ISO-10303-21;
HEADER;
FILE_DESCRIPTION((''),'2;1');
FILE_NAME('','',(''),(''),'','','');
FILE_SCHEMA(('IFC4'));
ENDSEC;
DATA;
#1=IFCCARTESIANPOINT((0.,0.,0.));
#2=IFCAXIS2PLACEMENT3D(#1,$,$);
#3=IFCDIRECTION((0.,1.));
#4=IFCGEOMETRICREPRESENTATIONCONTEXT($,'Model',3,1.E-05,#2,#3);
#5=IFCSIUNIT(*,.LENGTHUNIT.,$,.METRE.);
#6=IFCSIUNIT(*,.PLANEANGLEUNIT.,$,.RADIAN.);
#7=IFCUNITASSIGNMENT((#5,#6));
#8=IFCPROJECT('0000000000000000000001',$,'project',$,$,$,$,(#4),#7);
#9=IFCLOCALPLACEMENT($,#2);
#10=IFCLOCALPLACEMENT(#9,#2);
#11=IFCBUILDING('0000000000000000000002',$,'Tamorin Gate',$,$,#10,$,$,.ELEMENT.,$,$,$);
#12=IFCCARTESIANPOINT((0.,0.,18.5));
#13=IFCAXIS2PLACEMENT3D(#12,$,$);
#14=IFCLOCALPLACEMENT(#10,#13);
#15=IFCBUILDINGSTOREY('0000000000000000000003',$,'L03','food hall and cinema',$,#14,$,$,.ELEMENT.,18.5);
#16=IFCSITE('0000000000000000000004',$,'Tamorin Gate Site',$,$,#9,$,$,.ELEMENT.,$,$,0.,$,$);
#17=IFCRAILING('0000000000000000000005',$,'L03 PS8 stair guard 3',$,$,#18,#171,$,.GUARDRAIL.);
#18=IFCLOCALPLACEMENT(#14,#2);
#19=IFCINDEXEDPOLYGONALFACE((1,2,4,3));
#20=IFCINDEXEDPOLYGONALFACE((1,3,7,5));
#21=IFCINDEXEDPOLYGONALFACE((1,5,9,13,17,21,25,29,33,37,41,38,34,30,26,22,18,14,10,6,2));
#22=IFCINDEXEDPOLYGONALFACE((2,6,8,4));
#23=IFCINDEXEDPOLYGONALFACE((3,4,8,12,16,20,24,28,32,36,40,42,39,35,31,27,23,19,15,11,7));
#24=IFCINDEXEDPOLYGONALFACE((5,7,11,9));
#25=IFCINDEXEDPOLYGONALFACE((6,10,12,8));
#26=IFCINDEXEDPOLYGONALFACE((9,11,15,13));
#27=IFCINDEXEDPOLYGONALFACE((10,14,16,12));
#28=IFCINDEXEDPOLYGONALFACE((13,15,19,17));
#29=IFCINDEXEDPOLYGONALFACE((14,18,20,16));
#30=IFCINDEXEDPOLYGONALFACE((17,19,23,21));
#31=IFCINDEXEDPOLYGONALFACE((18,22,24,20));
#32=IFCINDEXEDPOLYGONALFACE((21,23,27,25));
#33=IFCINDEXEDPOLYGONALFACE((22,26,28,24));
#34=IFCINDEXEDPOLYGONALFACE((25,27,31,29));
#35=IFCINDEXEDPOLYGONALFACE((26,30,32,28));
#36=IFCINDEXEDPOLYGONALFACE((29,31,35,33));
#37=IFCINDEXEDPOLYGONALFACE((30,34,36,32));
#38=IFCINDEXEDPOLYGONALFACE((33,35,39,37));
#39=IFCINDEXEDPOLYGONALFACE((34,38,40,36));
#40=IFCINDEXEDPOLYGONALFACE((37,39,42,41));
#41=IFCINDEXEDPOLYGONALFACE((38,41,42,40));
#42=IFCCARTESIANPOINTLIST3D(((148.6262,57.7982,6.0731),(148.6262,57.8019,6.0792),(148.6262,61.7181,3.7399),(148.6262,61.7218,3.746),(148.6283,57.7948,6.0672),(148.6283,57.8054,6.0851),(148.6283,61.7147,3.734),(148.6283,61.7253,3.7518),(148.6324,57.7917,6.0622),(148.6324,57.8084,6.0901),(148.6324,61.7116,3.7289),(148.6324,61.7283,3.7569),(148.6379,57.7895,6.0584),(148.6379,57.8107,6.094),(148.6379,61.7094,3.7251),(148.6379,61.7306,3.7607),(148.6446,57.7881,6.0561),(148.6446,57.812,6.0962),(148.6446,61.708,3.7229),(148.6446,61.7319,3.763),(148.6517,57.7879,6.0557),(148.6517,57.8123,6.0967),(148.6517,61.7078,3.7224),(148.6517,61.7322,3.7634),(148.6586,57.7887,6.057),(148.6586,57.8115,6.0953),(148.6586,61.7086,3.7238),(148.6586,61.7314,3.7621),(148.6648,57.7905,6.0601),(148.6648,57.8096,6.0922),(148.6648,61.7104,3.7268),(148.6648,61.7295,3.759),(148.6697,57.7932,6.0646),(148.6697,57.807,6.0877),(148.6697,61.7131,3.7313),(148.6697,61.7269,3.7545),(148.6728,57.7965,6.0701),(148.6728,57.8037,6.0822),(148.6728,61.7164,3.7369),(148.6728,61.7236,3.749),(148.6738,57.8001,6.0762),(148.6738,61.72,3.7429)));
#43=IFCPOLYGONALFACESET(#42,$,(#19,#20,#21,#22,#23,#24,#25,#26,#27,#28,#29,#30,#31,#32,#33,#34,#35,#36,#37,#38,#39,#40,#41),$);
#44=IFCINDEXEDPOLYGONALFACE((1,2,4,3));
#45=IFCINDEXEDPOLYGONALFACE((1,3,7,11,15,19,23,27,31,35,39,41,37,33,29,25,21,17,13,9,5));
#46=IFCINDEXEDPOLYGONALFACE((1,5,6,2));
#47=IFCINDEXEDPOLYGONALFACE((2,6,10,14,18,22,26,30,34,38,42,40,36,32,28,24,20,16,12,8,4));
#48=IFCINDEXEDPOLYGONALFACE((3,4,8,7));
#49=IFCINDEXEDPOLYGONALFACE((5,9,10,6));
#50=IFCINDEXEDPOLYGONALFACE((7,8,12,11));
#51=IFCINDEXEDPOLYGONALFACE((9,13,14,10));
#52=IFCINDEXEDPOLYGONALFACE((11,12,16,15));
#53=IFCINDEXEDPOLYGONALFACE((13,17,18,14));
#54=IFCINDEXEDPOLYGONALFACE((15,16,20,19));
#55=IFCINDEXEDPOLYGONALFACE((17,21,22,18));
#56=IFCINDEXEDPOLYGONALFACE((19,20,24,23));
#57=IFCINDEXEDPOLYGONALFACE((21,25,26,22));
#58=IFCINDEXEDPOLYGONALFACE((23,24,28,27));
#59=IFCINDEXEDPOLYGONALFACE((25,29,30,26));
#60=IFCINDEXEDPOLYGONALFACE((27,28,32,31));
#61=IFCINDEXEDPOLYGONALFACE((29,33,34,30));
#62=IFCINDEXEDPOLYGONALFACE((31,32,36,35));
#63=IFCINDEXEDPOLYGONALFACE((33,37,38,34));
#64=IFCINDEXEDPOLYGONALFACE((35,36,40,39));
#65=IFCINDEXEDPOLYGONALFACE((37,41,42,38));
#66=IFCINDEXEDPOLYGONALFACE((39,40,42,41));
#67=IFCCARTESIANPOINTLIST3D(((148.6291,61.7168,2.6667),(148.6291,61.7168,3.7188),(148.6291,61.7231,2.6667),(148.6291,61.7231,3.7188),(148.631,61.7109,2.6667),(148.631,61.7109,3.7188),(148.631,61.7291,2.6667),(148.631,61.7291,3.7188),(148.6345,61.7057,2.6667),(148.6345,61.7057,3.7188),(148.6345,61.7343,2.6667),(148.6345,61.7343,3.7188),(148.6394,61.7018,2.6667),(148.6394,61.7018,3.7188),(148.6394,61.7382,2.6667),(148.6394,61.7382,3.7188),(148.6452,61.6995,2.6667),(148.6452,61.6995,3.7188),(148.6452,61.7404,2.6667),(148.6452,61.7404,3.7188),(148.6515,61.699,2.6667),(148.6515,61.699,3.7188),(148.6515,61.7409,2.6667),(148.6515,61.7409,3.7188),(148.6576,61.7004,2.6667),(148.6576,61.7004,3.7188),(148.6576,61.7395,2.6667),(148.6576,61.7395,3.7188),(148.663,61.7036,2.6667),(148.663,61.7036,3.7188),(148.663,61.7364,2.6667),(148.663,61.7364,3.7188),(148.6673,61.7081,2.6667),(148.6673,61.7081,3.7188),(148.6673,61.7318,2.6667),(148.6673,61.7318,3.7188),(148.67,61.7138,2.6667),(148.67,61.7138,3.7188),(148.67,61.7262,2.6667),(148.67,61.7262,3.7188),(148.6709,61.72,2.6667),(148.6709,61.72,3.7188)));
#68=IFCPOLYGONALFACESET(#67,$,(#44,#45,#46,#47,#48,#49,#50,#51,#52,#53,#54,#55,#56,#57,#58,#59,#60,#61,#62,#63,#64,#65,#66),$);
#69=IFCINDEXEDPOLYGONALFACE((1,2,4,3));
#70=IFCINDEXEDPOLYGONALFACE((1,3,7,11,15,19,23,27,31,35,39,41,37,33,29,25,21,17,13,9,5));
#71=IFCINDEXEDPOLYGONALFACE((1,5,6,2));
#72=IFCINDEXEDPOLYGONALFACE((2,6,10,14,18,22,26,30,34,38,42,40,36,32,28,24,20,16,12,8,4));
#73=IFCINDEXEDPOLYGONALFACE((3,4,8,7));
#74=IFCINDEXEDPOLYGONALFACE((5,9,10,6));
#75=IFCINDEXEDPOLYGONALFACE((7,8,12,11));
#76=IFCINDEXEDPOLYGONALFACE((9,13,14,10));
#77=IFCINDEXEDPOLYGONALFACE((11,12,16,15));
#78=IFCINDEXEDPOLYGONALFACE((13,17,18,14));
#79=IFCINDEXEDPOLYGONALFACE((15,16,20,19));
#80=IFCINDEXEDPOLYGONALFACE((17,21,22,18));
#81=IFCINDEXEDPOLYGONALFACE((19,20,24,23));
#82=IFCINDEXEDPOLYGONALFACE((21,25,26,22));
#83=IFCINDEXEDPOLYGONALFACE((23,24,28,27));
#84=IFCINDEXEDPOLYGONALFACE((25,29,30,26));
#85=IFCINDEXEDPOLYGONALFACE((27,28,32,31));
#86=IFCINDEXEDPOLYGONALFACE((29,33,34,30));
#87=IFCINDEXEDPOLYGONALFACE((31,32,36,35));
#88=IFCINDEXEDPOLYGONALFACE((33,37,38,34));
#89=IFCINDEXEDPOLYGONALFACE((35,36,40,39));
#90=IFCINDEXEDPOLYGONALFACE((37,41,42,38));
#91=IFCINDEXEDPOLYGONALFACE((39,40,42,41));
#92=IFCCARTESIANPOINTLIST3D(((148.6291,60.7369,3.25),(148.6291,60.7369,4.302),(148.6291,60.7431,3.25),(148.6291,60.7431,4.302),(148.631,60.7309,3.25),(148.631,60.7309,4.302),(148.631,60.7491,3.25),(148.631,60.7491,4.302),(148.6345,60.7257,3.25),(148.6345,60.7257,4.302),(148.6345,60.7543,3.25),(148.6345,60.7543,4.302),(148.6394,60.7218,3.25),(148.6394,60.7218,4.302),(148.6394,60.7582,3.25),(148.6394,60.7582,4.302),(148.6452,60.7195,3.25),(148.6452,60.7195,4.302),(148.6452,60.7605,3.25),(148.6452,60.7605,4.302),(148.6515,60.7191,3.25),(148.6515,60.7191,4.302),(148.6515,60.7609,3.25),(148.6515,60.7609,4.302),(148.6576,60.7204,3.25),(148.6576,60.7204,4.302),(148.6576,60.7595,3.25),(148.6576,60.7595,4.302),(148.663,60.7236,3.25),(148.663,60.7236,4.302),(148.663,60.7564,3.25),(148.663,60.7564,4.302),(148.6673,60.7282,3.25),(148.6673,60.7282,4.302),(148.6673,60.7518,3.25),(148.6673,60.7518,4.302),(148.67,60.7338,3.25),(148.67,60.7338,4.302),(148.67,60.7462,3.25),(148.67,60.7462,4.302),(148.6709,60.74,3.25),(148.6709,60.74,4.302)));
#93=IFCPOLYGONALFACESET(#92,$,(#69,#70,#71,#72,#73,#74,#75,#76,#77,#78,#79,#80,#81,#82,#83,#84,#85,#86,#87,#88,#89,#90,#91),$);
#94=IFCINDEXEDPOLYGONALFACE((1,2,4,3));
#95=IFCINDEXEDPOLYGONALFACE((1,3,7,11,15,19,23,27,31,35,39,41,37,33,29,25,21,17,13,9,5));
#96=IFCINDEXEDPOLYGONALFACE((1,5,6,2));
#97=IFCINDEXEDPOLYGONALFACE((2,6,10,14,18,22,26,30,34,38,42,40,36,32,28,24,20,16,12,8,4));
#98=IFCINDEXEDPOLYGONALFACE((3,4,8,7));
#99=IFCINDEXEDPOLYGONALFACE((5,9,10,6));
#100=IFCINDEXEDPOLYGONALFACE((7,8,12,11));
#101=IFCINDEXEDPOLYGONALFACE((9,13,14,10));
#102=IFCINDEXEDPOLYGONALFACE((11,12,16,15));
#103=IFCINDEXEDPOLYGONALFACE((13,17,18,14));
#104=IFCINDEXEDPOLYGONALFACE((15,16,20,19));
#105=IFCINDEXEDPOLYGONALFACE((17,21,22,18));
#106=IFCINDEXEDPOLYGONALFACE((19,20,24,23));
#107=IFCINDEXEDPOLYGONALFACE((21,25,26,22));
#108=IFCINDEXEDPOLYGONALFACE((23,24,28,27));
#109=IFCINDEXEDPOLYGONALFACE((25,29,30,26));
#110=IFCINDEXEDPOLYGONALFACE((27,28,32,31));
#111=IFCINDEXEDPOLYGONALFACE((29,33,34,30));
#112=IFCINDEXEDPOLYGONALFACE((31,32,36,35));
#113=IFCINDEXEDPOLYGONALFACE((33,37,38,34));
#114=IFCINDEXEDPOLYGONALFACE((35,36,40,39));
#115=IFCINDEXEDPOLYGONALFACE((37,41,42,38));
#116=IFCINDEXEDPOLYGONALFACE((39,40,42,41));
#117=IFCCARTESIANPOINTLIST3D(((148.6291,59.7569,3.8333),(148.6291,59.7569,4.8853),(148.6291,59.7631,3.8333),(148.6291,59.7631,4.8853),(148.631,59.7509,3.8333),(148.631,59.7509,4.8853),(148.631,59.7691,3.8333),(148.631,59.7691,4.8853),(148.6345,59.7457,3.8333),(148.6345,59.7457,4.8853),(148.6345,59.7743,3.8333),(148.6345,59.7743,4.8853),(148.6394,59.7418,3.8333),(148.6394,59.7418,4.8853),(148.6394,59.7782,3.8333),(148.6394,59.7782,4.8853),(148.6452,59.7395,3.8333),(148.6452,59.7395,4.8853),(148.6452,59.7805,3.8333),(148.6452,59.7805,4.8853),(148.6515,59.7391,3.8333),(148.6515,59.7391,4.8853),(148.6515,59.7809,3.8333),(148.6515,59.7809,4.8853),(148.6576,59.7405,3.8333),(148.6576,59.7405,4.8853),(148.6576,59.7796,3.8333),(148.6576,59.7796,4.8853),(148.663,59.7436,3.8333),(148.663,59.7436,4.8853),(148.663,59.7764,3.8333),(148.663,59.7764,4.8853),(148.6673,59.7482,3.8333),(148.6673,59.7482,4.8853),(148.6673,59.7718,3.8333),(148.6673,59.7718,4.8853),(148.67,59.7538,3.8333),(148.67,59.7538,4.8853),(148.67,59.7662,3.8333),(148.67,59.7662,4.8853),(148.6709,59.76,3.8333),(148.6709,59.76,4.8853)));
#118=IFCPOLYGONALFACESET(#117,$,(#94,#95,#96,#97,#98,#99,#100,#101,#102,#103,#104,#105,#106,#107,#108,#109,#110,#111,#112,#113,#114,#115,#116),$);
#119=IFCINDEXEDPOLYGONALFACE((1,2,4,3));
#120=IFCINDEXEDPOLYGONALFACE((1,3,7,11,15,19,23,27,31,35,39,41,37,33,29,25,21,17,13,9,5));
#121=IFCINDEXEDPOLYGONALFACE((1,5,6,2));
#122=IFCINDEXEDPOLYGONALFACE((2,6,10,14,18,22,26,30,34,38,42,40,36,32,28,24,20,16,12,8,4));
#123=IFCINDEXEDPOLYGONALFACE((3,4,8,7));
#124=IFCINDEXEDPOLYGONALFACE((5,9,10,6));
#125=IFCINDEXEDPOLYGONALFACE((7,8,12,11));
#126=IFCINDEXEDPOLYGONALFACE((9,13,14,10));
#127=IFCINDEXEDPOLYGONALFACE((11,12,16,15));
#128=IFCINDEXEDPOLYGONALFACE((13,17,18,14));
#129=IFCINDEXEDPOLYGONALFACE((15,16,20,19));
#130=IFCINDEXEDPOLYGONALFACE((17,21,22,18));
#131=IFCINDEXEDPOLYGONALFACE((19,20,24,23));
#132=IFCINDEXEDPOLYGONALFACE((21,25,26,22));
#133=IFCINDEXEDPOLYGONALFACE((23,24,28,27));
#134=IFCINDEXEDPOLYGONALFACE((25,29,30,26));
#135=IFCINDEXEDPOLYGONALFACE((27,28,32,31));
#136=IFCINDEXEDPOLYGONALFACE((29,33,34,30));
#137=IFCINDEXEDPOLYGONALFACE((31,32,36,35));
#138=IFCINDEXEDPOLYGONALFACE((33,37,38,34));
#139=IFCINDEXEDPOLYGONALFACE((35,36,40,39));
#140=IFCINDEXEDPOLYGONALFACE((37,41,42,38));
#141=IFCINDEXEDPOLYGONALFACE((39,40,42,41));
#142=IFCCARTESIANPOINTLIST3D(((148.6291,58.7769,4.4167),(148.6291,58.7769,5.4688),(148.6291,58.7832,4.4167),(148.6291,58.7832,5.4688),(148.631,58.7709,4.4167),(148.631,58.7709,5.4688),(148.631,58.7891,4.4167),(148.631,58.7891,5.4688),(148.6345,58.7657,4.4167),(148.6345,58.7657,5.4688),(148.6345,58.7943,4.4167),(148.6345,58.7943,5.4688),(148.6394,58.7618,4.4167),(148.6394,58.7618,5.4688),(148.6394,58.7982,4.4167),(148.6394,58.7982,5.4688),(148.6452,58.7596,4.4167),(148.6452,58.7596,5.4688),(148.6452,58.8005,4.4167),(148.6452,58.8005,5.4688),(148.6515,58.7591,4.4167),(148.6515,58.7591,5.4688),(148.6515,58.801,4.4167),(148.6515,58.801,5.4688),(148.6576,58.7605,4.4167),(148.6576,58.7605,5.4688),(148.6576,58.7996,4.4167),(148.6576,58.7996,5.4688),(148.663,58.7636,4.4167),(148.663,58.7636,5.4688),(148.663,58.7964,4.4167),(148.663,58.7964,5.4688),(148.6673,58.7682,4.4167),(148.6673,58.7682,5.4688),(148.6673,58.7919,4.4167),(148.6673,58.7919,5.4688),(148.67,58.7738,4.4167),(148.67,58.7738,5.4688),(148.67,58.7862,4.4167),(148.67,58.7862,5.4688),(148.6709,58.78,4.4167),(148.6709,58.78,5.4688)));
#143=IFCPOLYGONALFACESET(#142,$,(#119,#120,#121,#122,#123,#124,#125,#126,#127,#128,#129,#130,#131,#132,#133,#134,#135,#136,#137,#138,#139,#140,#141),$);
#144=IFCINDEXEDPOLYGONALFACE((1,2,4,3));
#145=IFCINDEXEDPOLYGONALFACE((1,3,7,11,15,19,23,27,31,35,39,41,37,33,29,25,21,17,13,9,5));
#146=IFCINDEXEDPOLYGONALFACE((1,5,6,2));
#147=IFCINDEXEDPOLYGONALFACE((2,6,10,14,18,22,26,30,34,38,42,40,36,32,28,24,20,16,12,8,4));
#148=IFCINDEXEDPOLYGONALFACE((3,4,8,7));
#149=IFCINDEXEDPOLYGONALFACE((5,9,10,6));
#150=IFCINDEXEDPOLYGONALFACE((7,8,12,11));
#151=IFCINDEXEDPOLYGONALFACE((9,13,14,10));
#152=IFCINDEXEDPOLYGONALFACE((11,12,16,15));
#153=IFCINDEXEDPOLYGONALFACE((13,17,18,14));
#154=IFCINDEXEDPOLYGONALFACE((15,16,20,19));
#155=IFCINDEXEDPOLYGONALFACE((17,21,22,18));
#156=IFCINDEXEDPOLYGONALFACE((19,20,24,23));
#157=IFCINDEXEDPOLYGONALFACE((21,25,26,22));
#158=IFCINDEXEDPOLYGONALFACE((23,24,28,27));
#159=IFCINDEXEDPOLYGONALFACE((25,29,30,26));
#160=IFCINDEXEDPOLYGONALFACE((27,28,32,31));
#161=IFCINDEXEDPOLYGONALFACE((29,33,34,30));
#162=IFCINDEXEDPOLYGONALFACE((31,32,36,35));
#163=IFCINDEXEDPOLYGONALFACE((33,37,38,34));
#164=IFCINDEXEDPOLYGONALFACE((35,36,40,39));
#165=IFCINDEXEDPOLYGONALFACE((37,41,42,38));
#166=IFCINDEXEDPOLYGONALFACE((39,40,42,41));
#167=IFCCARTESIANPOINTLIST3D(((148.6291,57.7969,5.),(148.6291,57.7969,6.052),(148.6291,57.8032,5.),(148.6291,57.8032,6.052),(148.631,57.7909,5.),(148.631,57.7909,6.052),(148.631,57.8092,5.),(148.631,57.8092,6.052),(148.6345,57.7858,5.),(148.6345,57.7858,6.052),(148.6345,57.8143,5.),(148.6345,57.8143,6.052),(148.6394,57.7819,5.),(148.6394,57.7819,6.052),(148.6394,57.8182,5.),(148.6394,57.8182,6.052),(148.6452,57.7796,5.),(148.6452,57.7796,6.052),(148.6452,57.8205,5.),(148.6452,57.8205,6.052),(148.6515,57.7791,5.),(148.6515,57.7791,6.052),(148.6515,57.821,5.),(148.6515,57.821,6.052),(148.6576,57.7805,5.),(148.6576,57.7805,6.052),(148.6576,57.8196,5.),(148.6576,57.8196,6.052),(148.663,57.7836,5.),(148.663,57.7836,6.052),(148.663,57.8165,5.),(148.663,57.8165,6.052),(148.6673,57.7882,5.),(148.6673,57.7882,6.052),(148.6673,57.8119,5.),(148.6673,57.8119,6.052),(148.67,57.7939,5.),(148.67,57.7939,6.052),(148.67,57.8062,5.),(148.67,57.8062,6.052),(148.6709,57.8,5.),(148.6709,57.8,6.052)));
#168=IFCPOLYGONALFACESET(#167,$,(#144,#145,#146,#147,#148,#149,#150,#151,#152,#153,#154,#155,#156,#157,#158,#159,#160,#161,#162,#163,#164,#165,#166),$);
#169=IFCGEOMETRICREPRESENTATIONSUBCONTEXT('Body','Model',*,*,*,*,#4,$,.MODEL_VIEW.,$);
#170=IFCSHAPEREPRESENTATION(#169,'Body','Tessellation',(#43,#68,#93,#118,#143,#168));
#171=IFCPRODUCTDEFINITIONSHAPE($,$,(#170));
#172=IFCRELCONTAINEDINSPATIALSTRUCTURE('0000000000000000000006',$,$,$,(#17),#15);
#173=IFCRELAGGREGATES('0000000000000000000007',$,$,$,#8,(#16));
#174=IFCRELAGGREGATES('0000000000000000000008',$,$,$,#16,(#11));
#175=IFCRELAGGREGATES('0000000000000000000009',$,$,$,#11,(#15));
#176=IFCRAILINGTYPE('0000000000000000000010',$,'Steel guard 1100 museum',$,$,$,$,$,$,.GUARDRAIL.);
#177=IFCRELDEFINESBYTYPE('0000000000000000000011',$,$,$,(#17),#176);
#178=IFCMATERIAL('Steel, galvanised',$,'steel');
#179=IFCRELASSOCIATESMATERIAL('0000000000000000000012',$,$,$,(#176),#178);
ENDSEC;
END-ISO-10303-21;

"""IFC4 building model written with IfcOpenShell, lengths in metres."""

from ifc_helpers import new_model, si_unit, direction, frame, origin, origin_2d, place, context, subcontext, project, spatial, circle, extrude, material, type_object, element, save


model = new_model("IFC4")

# Units and contexts
model_context = context("Model", 3, precision=1e-05, world=origin(), true_north=direction((0.0, 1.0)))
body_context = subcontext(model_context, "Body", "Model", "MODEL_VIEW")
ifc_project = project(units=[si_unit("LENGTHUNIT", "METRE"), si_unit("PLANEANGLEUNIT", "RADIAN")], contexts=[model_context])

# Site, building, storey
site_placement = place(None, origin())
site = spatial("IfcSite", under=ifc_project, at=site_placement, Name="Tamorin Gate Site", CompositionType="ELEMENT", RefElevation=0.0)
building_placement = place(site_placement, origin())
building = spatial("IfcBuilding", under=site, at=building_placement, Name="Tamorin Gate", CompositionType="ELEMENT")
storey_placement = place(building_placement, frame((0.0, 0.0, 18.5)))
storey = spatial("IfcBuildingStorey", under=building, at=storey_placement, Name="L03", Description="food hall and cinema", CompositionType="ELEMENT", Elevation=18.5)

# Railing
ifc_material_1 = material(Name="Steel, galvanised", Category="steel")
railing_type_1 = type_object("IfcRailingType", Name="Steel guard 1100 museum", PredefinedType="GUARDRAIL", material=ifc_material_1)
railing_1_placement = place(storey_placement, frame((148.6499, 61.72, 2.6667)))
element("IfcRailing", 1, at=railing_1_placement, inside=storey, type_object=railing_type_1, Name="L03 PS8 stair guard 3", PredefinedType="GUARDRAIL", context=body_context, shape_type="SweptSolid", body=[
    extrude(circle(Radius=0.0239, at=origin_2d()), frame((0.0, 0.0, 1.0762), z_axis=(0.0, -0.859296, 0.511478), x_axis=(1.0, 0.0, 0.0)), (0.0, 0.0, 1.0), 4.5618),
    extrude(circle(Radius=0.021, at=origin_2d()), origin(), (0.0, 0.0, 1.0), 1.052),
    extrude(circle(Radius=0.021, at=origin_2d()), frame((0.0, -0.98, 0.5833)), (0.0, 0.0, 1.0), 1.052),
    extrude(circle(Radius=0.021, at=origin_2d()), frame((0.0, -1.96, 1.1665)), (0.0, 0.0, 1.0), 1.052),
    extrude(circle(Radius=0.021, at=origin_2d()), frame((0.0, -2.9399, 1.75)), (0.0, 0.0, 1.0), 1.052),
    extrude(circle(Radius=0.021, at=origin_2d()), frame((0.0, -3.9199, 2.3333)), (0.0, 0.0, 1.0), 1.052),
])

save(model, "model.ifc")
